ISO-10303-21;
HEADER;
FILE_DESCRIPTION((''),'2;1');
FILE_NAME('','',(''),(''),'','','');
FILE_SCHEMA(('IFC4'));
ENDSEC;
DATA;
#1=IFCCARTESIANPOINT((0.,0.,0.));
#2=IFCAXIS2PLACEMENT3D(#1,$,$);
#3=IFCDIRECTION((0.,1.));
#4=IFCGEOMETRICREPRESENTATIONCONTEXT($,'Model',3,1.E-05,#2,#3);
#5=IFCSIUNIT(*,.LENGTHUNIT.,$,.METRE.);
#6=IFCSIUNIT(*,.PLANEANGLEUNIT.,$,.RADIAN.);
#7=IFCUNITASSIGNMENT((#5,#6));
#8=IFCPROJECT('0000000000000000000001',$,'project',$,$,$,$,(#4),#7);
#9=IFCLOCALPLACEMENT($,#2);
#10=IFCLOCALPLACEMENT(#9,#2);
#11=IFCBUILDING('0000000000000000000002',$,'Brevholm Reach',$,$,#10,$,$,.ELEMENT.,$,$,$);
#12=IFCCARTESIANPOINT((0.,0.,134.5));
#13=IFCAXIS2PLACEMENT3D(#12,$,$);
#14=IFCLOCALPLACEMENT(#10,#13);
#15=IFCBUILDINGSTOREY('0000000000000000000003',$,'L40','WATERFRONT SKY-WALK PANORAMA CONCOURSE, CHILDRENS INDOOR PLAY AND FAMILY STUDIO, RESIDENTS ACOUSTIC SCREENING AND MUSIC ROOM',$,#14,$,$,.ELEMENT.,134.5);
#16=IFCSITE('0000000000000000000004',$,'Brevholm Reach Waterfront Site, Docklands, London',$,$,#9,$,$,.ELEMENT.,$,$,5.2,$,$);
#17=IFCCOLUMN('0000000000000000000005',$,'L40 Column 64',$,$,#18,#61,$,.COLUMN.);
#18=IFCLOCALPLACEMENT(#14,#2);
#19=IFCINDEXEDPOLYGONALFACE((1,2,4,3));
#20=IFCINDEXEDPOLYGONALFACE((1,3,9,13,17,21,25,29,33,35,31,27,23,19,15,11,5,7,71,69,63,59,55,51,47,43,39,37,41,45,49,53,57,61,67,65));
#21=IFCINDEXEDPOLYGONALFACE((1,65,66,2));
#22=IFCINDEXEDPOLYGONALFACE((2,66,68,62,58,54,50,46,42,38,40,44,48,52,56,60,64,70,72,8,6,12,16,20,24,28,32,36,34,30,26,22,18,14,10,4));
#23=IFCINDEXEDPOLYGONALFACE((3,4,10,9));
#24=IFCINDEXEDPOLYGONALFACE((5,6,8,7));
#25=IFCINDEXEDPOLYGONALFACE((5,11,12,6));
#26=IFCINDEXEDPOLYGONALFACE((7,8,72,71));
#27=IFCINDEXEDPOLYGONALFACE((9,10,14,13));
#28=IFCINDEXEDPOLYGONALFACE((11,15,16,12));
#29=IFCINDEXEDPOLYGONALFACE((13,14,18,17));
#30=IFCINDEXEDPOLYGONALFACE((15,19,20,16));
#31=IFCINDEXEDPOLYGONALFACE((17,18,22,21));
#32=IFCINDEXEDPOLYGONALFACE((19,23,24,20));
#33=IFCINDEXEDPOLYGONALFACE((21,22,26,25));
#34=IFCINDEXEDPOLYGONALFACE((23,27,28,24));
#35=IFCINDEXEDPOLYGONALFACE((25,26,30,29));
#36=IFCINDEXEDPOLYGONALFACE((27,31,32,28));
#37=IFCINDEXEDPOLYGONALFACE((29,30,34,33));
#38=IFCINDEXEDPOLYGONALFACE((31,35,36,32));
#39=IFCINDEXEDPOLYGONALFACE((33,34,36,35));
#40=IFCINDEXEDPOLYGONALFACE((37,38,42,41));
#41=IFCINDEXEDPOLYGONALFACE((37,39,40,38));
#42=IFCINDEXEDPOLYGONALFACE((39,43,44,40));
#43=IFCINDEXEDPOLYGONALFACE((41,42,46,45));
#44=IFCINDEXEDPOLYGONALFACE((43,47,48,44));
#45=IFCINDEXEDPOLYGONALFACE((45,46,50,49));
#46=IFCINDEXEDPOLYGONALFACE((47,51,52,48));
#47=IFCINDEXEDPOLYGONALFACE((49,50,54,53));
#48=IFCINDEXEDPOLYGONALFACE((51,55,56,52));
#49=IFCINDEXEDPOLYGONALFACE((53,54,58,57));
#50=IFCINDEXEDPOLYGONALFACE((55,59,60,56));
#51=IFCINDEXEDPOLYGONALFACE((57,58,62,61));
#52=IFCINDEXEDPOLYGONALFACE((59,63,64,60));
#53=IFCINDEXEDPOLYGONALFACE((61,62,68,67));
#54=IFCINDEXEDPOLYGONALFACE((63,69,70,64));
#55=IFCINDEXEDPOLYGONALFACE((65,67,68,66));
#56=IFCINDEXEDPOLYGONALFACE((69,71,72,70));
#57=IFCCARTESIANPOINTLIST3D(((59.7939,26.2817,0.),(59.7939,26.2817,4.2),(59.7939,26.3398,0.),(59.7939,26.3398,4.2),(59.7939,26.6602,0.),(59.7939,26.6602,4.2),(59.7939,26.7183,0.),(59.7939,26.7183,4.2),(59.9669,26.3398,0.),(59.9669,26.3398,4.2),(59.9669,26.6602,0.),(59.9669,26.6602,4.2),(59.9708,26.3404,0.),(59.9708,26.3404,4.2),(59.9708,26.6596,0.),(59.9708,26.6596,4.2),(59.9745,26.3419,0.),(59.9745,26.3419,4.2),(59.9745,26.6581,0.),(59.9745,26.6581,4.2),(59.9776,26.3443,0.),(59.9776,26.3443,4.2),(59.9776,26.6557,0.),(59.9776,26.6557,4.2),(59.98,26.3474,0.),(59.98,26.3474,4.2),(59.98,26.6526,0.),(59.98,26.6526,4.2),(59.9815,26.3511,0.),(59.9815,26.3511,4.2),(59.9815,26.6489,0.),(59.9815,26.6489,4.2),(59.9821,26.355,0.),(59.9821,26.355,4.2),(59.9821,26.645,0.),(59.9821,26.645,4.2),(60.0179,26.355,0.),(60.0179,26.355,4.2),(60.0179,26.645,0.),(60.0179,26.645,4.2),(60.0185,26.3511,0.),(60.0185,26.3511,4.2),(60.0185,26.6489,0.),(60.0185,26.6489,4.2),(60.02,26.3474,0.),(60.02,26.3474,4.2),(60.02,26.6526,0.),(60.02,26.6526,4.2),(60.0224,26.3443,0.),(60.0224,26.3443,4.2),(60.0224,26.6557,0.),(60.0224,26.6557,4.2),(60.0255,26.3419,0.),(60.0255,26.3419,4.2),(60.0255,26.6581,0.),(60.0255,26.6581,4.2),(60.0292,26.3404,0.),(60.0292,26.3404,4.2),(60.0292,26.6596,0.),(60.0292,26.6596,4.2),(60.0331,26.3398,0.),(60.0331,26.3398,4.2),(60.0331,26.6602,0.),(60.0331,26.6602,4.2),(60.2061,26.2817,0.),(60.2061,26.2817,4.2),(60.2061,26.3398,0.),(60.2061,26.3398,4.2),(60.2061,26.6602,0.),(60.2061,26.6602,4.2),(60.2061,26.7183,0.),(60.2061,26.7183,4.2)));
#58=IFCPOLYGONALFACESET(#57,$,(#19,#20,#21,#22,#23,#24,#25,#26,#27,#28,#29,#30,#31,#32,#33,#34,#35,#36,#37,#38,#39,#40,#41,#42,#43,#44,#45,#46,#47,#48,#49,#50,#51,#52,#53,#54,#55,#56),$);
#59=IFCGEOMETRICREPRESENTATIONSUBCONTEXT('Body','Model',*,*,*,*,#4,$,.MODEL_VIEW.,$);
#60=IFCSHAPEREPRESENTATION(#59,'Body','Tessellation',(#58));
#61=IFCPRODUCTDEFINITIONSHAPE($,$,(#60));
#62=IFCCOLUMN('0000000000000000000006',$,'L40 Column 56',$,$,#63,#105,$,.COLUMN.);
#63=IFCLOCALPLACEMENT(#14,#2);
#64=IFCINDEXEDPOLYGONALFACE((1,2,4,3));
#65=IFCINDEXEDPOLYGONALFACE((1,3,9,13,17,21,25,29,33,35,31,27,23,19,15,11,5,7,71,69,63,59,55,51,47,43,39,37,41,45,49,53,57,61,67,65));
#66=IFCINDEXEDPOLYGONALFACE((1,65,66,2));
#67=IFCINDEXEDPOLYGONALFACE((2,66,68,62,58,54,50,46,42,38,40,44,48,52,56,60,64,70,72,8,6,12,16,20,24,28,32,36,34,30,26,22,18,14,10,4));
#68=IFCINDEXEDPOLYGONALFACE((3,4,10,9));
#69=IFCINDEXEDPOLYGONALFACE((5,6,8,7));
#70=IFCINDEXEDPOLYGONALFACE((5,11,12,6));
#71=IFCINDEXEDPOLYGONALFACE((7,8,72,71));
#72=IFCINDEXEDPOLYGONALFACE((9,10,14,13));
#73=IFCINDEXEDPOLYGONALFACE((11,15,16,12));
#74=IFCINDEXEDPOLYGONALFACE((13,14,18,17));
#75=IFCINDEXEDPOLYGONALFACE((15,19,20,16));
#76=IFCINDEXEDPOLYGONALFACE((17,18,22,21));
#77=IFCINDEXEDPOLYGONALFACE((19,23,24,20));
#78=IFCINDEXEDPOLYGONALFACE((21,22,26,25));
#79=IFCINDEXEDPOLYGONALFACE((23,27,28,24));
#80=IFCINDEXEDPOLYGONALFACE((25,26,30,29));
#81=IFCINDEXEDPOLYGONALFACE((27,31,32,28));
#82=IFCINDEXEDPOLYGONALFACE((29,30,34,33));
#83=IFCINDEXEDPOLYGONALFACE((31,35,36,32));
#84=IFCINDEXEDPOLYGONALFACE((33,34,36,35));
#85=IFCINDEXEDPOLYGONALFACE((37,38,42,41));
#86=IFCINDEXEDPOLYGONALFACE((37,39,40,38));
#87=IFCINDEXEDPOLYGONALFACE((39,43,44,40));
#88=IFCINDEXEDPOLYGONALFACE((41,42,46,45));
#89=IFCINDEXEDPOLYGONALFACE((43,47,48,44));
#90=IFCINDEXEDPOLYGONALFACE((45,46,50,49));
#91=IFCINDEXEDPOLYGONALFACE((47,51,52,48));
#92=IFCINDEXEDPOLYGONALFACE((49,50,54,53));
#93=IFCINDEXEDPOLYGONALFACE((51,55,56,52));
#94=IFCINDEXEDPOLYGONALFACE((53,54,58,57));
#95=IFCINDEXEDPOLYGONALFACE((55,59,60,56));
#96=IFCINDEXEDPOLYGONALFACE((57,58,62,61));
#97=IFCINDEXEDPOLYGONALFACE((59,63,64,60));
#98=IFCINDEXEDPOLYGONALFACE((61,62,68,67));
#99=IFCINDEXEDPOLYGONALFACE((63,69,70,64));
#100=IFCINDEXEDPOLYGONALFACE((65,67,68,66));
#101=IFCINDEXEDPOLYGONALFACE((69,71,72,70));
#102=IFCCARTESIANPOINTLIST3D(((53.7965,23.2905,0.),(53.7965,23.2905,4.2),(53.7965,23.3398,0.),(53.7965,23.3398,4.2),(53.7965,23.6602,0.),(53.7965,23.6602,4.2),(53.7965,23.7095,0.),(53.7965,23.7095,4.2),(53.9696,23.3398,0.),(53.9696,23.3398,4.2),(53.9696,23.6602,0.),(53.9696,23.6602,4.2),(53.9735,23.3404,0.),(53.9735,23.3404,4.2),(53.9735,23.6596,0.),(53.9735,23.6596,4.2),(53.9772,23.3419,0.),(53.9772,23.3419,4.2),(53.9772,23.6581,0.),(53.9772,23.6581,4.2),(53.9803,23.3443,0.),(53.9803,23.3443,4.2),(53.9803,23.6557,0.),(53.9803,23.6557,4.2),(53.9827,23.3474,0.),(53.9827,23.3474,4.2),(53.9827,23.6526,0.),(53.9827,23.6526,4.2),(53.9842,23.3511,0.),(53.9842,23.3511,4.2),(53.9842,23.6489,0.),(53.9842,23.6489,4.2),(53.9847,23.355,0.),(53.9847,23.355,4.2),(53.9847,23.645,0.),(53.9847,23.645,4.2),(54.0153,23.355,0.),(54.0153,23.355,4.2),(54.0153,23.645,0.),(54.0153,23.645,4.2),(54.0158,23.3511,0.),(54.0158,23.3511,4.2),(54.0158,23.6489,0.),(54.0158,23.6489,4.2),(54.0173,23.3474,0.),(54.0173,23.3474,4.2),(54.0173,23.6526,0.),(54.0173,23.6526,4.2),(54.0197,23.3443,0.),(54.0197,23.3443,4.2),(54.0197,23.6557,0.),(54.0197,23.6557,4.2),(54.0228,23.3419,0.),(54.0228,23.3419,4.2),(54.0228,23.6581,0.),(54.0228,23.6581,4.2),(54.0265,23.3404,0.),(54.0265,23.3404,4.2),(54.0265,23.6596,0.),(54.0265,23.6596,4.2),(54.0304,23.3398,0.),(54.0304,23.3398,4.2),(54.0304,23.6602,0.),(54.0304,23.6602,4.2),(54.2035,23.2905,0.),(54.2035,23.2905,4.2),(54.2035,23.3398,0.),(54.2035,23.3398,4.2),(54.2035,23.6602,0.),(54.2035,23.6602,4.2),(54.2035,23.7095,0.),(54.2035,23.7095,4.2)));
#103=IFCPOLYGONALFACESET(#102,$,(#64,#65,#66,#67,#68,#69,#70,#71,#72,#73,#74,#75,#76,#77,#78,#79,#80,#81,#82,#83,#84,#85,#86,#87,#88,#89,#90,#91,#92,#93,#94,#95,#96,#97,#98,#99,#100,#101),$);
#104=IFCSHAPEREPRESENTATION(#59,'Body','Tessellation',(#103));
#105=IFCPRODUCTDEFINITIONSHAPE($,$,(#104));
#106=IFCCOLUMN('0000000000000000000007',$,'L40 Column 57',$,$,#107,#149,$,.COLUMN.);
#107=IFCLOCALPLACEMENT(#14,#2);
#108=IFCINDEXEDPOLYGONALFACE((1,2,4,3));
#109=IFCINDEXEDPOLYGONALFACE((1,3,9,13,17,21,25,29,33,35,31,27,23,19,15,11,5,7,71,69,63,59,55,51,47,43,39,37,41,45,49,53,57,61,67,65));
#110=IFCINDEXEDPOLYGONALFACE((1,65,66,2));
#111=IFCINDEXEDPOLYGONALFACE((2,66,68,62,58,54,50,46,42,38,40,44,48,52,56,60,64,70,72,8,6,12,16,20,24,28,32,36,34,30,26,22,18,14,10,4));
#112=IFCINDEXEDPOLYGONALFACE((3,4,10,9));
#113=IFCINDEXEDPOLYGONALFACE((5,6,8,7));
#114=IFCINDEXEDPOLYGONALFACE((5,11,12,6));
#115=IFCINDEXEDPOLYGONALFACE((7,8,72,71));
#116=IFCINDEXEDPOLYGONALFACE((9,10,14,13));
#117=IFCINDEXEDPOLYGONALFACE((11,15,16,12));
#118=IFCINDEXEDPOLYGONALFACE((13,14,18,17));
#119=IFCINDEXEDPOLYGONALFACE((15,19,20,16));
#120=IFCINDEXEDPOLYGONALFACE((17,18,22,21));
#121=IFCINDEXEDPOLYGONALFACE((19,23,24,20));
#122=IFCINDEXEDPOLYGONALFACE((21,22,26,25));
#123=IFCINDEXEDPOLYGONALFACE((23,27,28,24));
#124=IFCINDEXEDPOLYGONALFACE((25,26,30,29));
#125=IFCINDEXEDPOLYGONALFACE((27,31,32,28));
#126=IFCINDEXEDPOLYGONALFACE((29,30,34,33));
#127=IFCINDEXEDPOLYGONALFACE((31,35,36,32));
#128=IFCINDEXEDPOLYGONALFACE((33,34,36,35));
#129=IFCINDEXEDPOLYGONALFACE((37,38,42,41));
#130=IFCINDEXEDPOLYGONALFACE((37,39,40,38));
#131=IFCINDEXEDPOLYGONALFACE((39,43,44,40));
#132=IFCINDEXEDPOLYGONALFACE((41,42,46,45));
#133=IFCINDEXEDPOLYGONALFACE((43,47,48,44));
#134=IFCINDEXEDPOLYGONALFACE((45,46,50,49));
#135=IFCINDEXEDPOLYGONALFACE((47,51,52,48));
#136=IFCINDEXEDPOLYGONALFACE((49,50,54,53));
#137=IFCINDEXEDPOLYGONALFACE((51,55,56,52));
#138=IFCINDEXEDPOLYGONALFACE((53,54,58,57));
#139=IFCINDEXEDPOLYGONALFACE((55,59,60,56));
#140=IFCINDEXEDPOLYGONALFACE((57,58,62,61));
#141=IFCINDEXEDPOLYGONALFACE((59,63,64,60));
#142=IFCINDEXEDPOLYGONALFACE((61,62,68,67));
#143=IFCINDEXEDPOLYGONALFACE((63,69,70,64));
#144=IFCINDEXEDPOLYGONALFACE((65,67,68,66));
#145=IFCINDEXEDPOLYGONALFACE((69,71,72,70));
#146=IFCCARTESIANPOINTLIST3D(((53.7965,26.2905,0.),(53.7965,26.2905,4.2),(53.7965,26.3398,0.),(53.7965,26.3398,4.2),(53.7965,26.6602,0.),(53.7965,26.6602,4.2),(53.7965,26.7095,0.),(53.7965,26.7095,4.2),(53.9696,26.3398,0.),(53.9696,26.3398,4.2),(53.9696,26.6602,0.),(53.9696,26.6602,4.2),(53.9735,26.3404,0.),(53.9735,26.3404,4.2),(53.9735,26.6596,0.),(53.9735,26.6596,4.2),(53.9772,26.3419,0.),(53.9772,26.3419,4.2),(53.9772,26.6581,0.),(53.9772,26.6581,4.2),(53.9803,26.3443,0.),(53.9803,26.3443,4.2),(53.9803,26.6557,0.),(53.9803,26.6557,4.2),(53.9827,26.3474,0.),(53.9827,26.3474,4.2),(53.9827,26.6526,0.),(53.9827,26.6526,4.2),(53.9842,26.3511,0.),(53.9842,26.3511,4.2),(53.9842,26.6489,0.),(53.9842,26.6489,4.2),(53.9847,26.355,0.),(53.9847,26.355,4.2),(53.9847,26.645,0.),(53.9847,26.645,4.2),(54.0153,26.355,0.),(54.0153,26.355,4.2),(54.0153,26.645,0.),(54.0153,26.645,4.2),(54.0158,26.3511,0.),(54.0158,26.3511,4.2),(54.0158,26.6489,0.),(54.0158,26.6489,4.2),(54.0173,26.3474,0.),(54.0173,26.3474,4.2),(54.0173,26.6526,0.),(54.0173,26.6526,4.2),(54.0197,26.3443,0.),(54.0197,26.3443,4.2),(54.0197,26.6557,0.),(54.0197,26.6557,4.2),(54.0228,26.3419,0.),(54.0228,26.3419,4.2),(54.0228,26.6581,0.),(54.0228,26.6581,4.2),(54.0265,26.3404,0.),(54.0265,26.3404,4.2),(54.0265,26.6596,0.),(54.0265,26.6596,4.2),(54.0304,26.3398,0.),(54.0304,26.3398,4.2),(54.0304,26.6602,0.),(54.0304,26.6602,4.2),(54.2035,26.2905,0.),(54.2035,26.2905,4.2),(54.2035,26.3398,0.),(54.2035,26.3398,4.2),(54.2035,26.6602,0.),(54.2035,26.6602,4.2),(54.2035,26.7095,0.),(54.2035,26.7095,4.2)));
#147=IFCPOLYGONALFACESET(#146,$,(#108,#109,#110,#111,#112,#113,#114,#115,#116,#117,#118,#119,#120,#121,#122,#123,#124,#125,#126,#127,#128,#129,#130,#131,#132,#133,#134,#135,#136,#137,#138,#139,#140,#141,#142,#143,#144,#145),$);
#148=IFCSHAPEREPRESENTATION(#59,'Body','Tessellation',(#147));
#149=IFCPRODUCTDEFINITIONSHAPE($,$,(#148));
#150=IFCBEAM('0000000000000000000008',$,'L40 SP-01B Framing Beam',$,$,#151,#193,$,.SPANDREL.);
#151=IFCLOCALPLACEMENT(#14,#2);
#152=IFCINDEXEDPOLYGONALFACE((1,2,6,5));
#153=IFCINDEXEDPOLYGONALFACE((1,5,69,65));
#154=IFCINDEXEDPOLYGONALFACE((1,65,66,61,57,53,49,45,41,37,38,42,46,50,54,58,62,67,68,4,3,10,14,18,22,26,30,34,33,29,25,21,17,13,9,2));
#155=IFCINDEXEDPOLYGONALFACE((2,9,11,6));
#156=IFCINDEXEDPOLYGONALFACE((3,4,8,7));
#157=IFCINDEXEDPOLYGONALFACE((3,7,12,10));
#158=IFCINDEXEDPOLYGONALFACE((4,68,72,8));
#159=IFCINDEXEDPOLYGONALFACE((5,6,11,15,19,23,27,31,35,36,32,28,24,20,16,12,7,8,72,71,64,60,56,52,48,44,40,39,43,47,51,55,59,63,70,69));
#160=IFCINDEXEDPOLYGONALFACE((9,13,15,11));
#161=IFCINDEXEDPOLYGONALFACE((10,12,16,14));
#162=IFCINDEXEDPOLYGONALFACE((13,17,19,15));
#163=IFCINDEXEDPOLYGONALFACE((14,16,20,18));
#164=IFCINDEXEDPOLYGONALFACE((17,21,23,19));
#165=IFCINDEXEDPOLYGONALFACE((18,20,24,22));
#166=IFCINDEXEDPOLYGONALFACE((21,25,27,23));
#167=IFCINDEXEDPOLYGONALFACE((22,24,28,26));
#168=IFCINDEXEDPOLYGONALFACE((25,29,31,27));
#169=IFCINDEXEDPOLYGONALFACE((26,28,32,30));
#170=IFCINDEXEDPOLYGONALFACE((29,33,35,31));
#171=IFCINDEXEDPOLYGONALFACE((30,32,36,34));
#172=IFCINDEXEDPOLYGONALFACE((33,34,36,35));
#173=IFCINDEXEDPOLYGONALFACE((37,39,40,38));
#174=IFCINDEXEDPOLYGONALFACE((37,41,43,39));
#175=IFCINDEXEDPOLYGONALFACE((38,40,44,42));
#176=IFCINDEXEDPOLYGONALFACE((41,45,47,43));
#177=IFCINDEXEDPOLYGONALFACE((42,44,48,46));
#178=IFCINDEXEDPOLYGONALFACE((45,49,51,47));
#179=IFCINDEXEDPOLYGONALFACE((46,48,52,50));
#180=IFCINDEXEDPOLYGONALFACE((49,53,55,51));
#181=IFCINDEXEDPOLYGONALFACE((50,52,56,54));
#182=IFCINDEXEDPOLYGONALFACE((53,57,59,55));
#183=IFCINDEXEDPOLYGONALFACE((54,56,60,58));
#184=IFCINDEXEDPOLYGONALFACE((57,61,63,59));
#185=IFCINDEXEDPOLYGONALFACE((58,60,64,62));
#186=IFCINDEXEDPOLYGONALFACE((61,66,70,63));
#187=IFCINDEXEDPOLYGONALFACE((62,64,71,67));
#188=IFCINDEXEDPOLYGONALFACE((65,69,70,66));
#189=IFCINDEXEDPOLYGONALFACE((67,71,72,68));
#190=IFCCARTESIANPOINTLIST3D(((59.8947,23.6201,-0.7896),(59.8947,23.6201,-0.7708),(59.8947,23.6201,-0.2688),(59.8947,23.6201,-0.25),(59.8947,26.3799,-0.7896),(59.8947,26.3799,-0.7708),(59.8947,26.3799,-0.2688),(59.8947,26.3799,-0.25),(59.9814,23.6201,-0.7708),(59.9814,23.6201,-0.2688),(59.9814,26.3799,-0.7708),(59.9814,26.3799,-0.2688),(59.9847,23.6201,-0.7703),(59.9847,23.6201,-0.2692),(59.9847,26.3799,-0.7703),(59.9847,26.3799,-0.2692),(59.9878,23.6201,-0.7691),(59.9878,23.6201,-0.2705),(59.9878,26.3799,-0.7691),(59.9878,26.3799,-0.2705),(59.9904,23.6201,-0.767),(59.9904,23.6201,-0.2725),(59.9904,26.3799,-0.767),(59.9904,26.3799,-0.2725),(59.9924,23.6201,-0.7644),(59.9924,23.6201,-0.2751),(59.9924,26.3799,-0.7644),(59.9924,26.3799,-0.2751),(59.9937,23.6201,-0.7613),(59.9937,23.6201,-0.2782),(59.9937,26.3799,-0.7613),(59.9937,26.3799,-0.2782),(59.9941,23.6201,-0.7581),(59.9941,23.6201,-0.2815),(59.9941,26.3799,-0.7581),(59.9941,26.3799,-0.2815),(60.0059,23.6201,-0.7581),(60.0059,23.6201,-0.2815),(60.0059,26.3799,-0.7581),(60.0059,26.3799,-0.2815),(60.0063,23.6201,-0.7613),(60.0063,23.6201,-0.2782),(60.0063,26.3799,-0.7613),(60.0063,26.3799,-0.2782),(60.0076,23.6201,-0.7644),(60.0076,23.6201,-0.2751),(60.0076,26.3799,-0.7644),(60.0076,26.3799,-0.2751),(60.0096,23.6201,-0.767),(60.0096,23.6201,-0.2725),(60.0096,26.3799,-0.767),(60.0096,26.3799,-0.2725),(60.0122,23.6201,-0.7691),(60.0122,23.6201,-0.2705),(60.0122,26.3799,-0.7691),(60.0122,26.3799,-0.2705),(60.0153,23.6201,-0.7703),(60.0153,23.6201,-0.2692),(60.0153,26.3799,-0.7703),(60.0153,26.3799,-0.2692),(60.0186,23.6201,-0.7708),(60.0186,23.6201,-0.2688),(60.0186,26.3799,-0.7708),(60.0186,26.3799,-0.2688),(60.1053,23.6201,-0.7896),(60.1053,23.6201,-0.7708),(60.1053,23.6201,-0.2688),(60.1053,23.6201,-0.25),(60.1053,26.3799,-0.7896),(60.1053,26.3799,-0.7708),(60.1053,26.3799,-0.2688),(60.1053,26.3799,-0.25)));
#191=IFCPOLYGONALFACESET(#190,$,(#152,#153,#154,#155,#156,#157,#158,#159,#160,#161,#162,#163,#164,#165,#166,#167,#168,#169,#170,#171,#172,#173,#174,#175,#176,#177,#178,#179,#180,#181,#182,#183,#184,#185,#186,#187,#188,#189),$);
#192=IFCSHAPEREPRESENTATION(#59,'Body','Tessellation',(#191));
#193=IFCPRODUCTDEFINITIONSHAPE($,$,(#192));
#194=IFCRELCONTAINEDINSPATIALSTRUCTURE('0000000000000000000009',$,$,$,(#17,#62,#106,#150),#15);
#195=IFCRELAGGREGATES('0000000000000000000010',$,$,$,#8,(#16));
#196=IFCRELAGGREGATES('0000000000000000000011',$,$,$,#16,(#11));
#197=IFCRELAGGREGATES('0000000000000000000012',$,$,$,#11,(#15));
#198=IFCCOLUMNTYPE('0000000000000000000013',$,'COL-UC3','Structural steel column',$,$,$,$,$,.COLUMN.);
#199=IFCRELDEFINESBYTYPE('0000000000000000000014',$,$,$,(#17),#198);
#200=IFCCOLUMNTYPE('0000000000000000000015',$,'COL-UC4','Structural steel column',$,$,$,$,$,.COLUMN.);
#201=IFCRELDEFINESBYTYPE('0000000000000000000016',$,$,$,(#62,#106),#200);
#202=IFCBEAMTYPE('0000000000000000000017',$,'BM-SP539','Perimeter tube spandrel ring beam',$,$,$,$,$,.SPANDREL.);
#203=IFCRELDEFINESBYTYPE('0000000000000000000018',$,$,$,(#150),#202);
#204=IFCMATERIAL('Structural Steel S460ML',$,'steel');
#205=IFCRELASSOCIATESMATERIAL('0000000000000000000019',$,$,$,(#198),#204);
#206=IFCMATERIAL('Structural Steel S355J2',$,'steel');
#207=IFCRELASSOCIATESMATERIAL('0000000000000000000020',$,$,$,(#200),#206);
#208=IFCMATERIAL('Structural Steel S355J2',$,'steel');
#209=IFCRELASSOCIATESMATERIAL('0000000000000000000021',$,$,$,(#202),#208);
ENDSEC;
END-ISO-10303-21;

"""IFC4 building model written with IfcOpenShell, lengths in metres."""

from ifc_helpers import new_model, si_unit, direction, frame, origin, origin_2d, place, context, subcontext, project, spatial, i_section, extrude, material, material_profile, profile_set, type_object, element, save


model = new_model("IFC4")

# Units and contexts
model_context = context("Model", 3, precision=1e-05, world=origin(), true_north=direction((0.0, 1.0)))
body_context = subcontext(model_context, "Body", "Model", "MODEL_VIEW")
ifc_project = project(units=[si_unit("LENGTHUNIT", "METRE"), si_unit("PLANEANGLEUNIT", "RADIAN")], contexts=[model_context])

# Site, building, storey
site_placement = place(None, origin())
site = spatial("IfcSite", under=ifc_project, at=site_placement, Name="Brevholm Reach Waterfront Site, Docklands, London", CompositionType="ELEMENT", RefElevation=5.2)
building_placement = place(site_placement, origin())
building = spatial("IfcBuilding", under=site, at=building_placement, Name="Brevholm Reach", CompositionType="ELEMENT")
storey_placement = place(building_placement, frame((0.0, 0.0, 134.5)))
storey = spatial("IfcBuildingStorey", under=building, at=storey_placement, Name="L40", Description="WATERFRONT SKY-WALK PANORAMA CONCOURSE, CHILDRENS INDOOR PLAY AND FAMILY STUDIO, RESIDENTS ACOUSTIC SCREENING AND MUSIC ROOM", CompositionType="ELEMENT", Elevation=134.5)

# Columns
ifc_material_1 = material(Name="Structural Steel S460ML", Category="steel")
ifc_material_profile_1 = material_profile(ifc_material_1, i_section(OverallWidth=0.4121, OverallDepth=0.4365, WebThickness=0.0359, FlangeThickness=0.0581, FilletRadius=0.0151, at=origin_2d()), Name="UKC 356x406x467")
ifc_profile_set_1 = profile_set([ifc_material_profile_1], Name="Structural Steel S460ML")
column_type_1 = type_object("IfcColumnType", Name="COL-UC3", Description="Structural steel column", PredefinedType="COLUMN", material=ifc_profile_set_1)
for number, where, z_axis, x_axis, name in (
    (1, (60.0, 26.5, 0.0), (0.0, 0.0, 1.0), (1.0, 0.0, 0.0), "L40 Column 64"),
):
    element("IfcColumn", number, at=place(storey_placement, frame(where, z_axis=z_axis, x_axis=x_axis)), inside=storey, type_object=column_type_1, Name=name, PredefinedType="COLUMN", context=body_context, shape_type="SweptSolid", body=[
        extrude(i_section(OverallWidth=0.4121, OverallDepth=0.4365, WebThickness=0.0359, FlangeThickness=0.0581, FilletRadius=0.0151, at=origin_2d()), origin(), (0.0, 0.0, 1.0), 4.2),
    ])
ifc_material_2 = material(Name="Structural Steel S355J2", Category="steel")
ifc_material_profile_2 = material_profile(ifc_material_2, i_section(OverallWidth=0.407, OverallDepth=0.4189, WebThickness=0.0305, FlangeThickness=0.0493, FilletRadius=0.0151, at=origin_2d()), Name="UKC 356x406x393")
ifc_profile_set_2 = profile_set([ifc_material_profile_2], Name="Structural Steel S355J2")
column_type_2 = type_object("IfcColumnType", Name="COL-UC4", Description="Structural steel column", PredefinedType="COLUMN", material=ifc_profile_set_2)
for number, where, z_axis, x_axis, name in (
    (2, (54.0, 23.5, 0.0), (0.0, 0.0, 1.0), (1.0, 0.0, 0.0), "L40 Column 56"),
    (3, (54.0, 26.5, 0.0), (0.0, 0.0, 1.0), (1.0, 0.0, 0.0), "L40 Column 57"),
):
    element("IfcColumn", number, at=place(storey_placement, frame(where, z_axis=z_axis, x_axis=x_axis)), inside=storey, type_object=column_type_2, Name=name, PredefinedType="COLUMN", context=body_context, shape_type="SweptSolid", body=[
        extrude(i_section(OverallWidth=0.407, OverallDepth=0.4189, WebThickness=0.0305, FlangeThickness=0.0493, FilletRadius=0.0151, at=origin_2d()), origin(), (0.0, 0.0, 1.0), 4.2),
    ])

# Beam
ifc_material_3 = material(Name="Structural Steel S355J2", Category="steel")
ifc_material_profile_3 = material_profile(ifc_material_3, i_section(OverallWidth=0.2107, OverallDepth=0.5396, WebThickness=0.0117, FlangeThickness=0.0188, FilletRadius=0.0127, at=origin_2d()), Name="UKB 533x210x109")
ifc_profile_set_3 = profile_set([ifc_material_profile_3], Name="Structural Steel S355J2")
beam_type_1 = type_object("IfcBeamType", Name="BM-SP539", Description="Perimeter tube spandrel ring beam", PredefinedType="SPANDREL", material=ifc_profile_set_3)
beam_1_placement = place(storey_placement, frame((60.0, 23.6201, -0.5198), z_axis=(0.0, 1.0, 0.0), x_axis=(-1.0, 0.0, 0.0)))
element("IfcBeam", 4, at=beam_1_placement, inside=storey, type_object=beam_type_1, Name="L40 SP-01B Framing Beam", PredefinedType="SPANDREL", context=body_context, shape_type="SweptSolid", body=[
    extrude(i_section(OverallWidth=0.2107, OverallDepth=0.5396, WebThickness=0.0117, FlangeThickness=0.0188, FilletRadius=0.0127, at=origin_2d()), origin(), (0.0, 0.0, 1.0), 2.7598),
])

save(model, "model.ifc")
